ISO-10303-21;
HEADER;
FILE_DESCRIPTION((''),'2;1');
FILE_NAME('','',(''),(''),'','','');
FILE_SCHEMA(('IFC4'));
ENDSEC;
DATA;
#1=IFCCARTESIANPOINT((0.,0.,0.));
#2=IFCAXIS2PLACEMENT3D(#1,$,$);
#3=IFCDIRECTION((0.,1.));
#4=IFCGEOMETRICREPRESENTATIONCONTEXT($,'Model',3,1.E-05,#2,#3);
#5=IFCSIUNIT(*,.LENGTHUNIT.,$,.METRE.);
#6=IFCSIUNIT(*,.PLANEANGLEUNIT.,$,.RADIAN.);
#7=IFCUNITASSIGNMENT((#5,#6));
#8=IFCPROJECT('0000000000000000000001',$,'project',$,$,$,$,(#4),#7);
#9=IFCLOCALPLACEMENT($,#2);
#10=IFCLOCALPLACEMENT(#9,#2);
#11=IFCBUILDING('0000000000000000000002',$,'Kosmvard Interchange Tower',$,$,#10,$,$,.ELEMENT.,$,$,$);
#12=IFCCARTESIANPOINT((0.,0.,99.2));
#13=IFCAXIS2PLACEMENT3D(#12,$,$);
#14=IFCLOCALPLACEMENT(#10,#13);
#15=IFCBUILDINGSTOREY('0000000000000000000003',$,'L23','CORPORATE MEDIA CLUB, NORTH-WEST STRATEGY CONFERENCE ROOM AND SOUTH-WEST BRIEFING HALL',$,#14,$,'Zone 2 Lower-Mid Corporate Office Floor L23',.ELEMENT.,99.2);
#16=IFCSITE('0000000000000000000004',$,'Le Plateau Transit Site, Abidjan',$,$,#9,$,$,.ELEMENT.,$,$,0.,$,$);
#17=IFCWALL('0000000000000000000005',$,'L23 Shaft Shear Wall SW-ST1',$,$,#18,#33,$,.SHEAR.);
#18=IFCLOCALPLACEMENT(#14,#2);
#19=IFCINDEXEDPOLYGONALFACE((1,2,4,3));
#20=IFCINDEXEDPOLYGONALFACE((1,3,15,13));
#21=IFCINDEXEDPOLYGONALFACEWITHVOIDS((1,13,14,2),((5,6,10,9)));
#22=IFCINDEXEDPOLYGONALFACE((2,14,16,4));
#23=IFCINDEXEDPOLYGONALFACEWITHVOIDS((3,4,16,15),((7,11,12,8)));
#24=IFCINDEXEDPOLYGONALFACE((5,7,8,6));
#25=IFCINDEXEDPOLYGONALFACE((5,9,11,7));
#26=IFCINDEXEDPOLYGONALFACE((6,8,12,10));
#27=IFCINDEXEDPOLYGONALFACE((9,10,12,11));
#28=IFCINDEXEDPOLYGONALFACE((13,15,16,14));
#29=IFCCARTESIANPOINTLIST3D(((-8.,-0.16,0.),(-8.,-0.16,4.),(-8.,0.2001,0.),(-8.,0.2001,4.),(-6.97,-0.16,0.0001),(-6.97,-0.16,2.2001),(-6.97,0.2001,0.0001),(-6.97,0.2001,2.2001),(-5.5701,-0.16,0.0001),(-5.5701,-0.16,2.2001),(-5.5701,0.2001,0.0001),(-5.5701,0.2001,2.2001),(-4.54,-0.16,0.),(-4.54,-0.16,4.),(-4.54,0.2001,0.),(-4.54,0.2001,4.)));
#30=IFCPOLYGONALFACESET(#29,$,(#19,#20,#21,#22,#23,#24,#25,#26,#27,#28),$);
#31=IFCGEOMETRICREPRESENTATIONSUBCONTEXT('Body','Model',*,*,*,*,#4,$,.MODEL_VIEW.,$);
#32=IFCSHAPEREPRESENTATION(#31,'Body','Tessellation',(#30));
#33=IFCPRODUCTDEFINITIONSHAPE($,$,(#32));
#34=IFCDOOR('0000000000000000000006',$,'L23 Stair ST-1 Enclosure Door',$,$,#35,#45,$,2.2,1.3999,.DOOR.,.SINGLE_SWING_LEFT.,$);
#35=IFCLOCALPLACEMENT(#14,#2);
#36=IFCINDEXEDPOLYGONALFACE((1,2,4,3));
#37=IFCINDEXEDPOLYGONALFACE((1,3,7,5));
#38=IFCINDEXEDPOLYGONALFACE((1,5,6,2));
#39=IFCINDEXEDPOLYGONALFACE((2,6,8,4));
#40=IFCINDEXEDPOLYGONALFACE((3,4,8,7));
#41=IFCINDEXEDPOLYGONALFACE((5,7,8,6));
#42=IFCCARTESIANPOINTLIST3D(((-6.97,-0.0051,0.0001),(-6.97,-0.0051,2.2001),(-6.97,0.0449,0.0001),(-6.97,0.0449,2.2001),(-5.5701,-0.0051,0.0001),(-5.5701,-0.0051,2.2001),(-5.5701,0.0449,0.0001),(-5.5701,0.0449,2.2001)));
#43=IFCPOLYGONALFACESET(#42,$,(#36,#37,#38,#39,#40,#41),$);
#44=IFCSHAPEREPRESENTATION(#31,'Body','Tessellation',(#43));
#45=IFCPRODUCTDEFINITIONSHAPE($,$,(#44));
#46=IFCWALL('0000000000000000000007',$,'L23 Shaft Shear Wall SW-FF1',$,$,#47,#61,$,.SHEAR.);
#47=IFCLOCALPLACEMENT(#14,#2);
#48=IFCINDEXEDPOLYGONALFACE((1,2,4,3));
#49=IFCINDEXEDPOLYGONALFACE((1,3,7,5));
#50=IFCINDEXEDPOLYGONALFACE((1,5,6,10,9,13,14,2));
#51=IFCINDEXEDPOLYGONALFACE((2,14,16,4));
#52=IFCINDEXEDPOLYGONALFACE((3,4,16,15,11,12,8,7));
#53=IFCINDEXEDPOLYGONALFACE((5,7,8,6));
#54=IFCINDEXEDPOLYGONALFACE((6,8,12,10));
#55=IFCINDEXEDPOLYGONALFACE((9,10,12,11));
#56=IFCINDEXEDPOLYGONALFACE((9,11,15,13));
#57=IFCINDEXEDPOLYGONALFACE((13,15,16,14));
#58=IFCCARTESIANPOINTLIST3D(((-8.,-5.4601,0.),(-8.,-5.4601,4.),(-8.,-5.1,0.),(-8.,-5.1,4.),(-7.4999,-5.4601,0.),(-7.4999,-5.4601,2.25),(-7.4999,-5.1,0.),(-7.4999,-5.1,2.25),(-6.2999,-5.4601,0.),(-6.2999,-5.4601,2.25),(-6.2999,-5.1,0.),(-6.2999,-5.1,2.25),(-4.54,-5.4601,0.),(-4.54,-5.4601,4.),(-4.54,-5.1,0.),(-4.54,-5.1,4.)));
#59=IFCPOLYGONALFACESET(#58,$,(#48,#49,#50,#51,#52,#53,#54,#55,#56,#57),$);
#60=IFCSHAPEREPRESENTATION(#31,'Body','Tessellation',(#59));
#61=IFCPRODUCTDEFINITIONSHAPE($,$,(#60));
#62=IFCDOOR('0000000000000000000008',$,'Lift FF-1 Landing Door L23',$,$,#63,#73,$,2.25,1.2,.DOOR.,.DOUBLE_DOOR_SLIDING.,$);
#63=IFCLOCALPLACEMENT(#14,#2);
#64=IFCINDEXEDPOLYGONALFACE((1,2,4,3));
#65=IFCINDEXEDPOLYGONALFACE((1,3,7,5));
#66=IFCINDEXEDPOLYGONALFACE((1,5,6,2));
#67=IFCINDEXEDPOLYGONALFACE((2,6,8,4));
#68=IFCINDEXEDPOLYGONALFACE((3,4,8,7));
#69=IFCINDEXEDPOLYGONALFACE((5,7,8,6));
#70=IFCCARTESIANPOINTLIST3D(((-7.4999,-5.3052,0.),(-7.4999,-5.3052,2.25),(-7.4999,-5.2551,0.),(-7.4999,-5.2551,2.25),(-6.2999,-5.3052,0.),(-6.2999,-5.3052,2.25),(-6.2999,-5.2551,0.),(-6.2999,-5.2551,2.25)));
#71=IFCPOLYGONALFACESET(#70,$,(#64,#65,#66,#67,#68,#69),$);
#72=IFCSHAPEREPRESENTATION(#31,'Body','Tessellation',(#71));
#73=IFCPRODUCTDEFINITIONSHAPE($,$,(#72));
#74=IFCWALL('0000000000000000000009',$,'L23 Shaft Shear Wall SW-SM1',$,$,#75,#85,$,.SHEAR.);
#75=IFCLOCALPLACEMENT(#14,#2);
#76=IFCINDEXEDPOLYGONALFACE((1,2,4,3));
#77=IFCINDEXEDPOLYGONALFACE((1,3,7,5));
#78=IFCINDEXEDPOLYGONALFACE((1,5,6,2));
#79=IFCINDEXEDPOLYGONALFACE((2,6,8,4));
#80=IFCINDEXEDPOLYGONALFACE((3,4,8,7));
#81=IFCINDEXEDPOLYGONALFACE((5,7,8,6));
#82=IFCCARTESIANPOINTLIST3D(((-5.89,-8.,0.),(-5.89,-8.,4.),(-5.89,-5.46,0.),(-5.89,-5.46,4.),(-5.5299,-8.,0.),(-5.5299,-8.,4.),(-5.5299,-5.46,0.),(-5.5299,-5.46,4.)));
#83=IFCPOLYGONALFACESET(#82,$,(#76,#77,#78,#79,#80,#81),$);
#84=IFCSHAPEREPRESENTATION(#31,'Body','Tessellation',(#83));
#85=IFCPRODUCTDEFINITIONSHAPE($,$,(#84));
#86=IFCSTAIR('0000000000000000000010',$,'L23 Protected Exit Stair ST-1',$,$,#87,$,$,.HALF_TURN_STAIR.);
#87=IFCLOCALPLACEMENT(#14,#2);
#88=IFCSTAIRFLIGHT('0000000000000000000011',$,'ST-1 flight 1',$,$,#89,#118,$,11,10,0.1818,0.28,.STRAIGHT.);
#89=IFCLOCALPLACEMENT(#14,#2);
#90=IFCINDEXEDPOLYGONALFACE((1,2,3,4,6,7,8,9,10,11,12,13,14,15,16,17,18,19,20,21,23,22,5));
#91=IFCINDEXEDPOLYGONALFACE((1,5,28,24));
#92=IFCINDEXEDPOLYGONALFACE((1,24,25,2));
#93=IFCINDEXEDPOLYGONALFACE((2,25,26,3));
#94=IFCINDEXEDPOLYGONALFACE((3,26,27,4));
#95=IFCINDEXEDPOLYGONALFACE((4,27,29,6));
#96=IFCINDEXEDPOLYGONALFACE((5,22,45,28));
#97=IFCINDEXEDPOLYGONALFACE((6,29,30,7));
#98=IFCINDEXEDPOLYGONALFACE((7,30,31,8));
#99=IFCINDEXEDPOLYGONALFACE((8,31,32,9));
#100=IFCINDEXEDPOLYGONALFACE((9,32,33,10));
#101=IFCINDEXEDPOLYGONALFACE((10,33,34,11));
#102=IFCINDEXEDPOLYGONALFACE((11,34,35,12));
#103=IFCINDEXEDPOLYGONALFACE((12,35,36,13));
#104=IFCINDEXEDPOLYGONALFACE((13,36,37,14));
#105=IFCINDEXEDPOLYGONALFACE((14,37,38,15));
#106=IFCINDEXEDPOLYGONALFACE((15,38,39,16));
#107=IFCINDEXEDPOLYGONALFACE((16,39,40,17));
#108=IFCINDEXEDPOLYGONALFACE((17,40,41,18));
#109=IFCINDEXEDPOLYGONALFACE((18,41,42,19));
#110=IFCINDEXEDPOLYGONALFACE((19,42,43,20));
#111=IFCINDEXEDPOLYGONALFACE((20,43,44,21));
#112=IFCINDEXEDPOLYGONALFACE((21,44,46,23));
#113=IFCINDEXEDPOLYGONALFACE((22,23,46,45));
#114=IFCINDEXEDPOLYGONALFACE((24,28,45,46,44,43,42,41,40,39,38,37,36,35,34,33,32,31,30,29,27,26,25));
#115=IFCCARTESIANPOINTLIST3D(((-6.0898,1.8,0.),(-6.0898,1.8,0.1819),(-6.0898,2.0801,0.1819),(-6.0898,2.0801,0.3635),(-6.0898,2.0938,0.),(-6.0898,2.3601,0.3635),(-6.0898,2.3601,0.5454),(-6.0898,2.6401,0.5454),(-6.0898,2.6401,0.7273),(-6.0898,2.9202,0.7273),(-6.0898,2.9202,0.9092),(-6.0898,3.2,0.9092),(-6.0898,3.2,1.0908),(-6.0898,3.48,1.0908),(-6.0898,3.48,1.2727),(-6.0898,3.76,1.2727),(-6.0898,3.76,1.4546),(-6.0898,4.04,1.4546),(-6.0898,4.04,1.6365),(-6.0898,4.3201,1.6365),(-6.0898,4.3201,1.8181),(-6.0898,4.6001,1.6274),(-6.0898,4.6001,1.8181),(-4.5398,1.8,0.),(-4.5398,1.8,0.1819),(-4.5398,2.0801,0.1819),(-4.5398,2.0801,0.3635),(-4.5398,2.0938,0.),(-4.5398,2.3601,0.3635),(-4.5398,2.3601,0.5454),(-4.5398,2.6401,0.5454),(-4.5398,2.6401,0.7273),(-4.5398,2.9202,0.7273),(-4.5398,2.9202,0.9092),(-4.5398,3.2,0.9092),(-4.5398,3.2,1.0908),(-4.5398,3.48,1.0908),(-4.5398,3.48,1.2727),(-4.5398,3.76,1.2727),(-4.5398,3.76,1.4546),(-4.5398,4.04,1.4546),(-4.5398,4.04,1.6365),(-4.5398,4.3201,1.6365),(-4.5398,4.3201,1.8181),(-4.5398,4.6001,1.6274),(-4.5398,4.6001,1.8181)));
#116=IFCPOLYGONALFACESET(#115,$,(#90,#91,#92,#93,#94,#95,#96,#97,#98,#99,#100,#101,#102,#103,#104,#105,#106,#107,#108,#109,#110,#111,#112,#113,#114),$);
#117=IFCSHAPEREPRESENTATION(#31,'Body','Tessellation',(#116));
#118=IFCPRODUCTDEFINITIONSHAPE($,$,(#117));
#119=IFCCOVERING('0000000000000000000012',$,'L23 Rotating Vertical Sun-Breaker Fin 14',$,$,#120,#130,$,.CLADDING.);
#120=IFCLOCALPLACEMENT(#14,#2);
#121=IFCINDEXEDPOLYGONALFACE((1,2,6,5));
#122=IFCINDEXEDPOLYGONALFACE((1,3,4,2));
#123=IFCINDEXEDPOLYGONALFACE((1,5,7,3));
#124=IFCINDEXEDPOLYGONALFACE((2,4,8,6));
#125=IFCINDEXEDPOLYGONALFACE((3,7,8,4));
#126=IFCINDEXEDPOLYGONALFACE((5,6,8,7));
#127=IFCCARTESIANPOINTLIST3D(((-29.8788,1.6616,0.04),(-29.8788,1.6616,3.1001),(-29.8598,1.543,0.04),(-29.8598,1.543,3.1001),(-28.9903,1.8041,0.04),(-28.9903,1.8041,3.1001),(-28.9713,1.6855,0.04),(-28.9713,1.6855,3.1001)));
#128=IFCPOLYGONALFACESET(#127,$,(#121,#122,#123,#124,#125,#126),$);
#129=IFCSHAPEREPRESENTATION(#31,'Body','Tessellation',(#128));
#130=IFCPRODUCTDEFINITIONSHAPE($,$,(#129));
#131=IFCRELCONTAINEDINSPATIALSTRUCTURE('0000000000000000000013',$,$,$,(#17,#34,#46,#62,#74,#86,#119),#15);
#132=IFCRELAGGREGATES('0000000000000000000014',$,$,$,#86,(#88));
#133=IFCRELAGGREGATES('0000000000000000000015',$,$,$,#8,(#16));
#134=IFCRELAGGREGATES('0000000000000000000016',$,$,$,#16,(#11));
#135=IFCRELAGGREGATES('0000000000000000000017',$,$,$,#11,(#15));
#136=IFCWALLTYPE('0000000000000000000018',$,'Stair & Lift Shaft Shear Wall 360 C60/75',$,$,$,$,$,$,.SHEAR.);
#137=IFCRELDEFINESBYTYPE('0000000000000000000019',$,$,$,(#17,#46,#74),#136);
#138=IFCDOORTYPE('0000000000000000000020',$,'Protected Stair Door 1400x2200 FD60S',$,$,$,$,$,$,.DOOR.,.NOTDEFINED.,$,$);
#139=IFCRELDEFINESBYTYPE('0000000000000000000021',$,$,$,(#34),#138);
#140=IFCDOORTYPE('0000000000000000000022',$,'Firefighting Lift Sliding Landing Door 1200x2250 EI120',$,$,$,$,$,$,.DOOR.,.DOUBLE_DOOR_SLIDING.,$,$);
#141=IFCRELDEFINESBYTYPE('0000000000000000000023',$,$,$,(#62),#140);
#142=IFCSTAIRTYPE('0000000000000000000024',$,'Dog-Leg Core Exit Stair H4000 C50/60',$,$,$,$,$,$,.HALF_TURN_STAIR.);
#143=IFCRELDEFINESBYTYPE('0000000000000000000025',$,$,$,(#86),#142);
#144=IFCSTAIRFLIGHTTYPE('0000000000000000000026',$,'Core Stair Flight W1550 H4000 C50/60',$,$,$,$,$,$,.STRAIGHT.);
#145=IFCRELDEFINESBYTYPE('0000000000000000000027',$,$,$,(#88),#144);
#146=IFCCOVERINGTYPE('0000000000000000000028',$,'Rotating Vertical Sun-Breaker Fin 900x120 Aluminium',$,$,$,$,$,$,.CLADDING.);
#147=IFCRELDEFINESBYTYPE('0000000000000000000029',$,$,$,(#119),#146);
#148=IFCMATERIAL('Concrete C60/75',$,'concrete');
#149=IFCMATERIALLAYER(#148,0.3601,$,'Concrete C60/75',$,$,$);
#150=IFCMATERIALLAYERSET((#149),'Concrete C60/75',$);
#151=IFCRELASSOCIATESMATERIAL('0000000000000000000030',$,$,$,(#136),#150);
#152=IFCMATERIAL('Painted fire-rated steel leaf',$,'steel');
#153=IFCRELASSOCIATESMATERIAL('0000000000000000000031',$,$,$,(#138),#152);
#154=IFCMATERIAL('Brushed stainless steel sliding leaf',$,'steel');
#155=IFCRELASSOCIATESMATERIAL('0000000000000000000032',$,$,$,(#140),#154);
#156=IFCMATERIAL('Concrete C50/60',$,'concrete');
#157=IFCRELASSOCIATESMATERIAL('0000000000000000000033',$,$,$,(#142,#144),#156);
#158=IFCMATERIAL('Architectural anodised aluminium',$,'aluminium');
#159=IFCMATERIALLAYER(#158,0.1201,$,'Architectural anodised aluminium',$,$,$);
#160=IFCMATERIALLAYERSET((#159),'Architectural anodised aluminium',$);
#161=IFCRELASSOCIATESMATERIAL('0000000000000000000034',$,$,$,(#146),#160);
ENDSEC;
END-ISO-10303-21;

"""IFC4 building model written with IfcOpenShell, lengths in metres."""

from ifc_helpers import new_model, si_unit, direction, frame, frame_2d, origin, origin_2d, place, context, subcontext, project, spatial, polyline, rectangle, outline, extrude, source, transform, mapped, material, layer, layer_set, type_object, element, fill, aggregate, save


model = new_model("IFC4")

# Units and contexts
model_context = context("Model", 3, precision=1e-05, world=origin(), true_north=direction((0.0, 1.0)))
body_context = subcontext(model_context, "Body", "Model", "MODEL_VIEW")
ifc_project = project(units=[si_unit("LENGTHUNIT", "METRE"), si_unit("PLANEANGLEUNIT", "RADIAN")], contexts=[model_context])

# Site, building, storey
site_placement = place(None, origin())
site = spatial("IfcSite", under=ifc_project, at=site_placement, Name="Le Plateau Transit Site, Abidjan", CompositionType="ELEMENT", RefElevation=0.0)
building_placement = place(site_placement, origin())
building = spatial("IfcBuilding", under=site, at=building_placement, Name="Kosmvard Interchange Tower", CompositionType="ELEMENT")
storey_placement = place(building_placement, frame((0.0, 0.0, 99.2)))
storey = spatial("IfcBuildingStorey", under=building, at=storey_placement, Name="L23", Description="CORPORATE MEDIA CLUB, NORTH-WEST STRATEGY CONFERENCE ROOM AND SOUTH-WEST BRIEFING HALL", LongName="Zone 2 Lower-Mid Corporate Office Floor L23", CompositionType="ELEMENT", Elevation=99.2)

# Shared definitions
ifc_material_1 = material(Name="Concrete C60/75", Category="concrete")

# Shared definitions
ifc_material_2 = material(Name="Painted fire-rated steel leaf", Category="steel")

# Shared definitions
ifc_layer_1 = layer(ifc_material_1, 0.3601, Name="Concrete C60/75")
ifc_layer_set_1 = layer_set([ifc_layer_1], Name="Concrete C60/75")
wall_type_1 = type_object("IfcWallType", Name="Stair & Lift Shaft Shear Wall 360 C60/75", PredefinedType="SHEAR", material=ifc_layer_set_1)

# Walls, openings, doors
wall_1_placement = place(storey_placement, frame((-8.0, 0.02, 0.0), z_axis=(0.0, 0.0, 1.0), x_axis=(1.0, 0.0, 0.0)))
wall_1 = element("IfcWall", 1, at=wall_1_placement, inside=storey, type_object=wall_type_1, Name="L23 Shaft Shear Wall SW-ST1", PredefinedType="SHEAR", context=body_context, shape_type="SweptSolid", body=[
    extrude(rectangle(XDim=3.46, YDim=0.3601, at=frame_2d((1.73, 0.0))), origin(), (0.0, 0.0, 1.0), 4.0),
])
opening_1_placement = place(wall_1_placement, frame((1.03, 0.0, 0.0)))
opening_1 = element("IfcOpeningElement", 2, at=opening_1_placement, cuts=wall_1, PredefinedType="OPENING", context=body_context, shape_type="SweptSolid", body=[
    extrude(rectangle(XDim=1.3999, YDim=2.2, at=frame_2d((0.7, 1.1001))), frame((0.0, 0.1899, 0.0), z_axis=(0.0, -1.0, 0.0), x_axis=(1.0, 0.0, 0.0)), (0.0, 0.0, 1.0), 0.3801),
])
door_type_1 = type_object("IfcDoorType", Name="Protected Stair Door 1400x2200 FD60S", OperationType="NOTDEFINED", PredefinedType="DOOR", material=ifc_material_2)
shared_shape_1 = source(origin(), body_context, "Body", "SweptSolid", [
    extrude(rectangle(XDim=1.3999, YDim=2.2, at=frame_2d((0.7, 1.1001))), frame((0.0, 0.0249, 0.0), z_axis=(0.0, -1.0, 0.0), x_axis=(1.0, 0.0, 0.0)), (0.0, 0.0, 1.0), 0.05),
])
door_1_placement = place(opening_1_placement, origin())
door_1 = element("IfcDoor", 3, at=door_1_placement, inside=storey, type_object=door_type_1, Name="L23 Stair ST-1 Enclosure Door", OperationType="SINGLE_SWING_LEFT", OverallHeight=2.2, OverallWidth=1.3999, PredefinedType="DOOR", context=body_context, shape_type="MappedRepresentation", body=[
    mapped(shared_shape_1, transform((0.0, 0.0, 0.0), scale=1.0)),
])
fill(opening_1, door_1)
wall_2_placement = place(storey_placement, frame((-8.0, -5.28, 0.0), z_axis=(0.0, 0.0, 1.0), x_axis=(1.0, 0.0, 0.0)))
wall_2 = element("IfcWall", 4, at=wall_2_placement, inside=storey, type_object=wall_type_1, Name="L23 Shaft Shear Wall SW-FF1", PredefinedType="SHEAR", context=body_context, shape_type="SweptSolid", body=[
    extrude(rectangle(XDim=3.46, YDim=0.3601, at=frame_2d((1.73, 0.0))), origin(), (0.0, 0.0, 1.0), 4.0),
])
opening_2_placement = place(wall_2_placement, frame((0.5, 0.0, 0.0)))
opening_2 = element("IfcOpeningElement", 5, at=opening_2_placement, cuts=wall_2, PredefinedType="OPENING", context=body_context, shape_type="SweptSolid", body=[
    extrude(rectangle(XDim=1.2, YDim=2.25, at=frame_2d((0.6001, 1.125))), frame((0.0, 0.1899, 0.0), z_axis=(0.0, -1.0, 0.0), x_axis=(1.0, 0.0, 0.0)), (0.0, 0.0, 1.0), 0.3801),
])
ifc_material_3 = material(Name="Brushed stainless steel sliding leaf", Category="steel")
door_type_2 = type_object("IfcDoorType", Name="Firefighting Lift Sliding Landing Door 1200x2250 EI120", OperationType="DOUBLE_DOOR_SLIDING", PredefinedType="DOOR", material=ifc_material_3)
shared_shape_2 = source(origin(), body_context, "Body", "SweptSolid", [
    extrude(rectangle(XDim=1.2, YDim=2.25, at=frame_2d((0.6001, 1.125))), frame((0.0, 0.0249, 0.0), z_axis=(0.0, -1.0, 0.0), x_axis=(1.0, 0.0, 0.0)), (0.0, 0.0, 1.0), 0.05),
])
door_2_placement = place(opening_2_placement, origin())
door_2 = element("IfcDoor", 6, at=door_2_placement, inside=storey, type_object=door_type_2, Name="Lift FF-1 Landing Door L23", OperationType="DOUBLE_DOOR_SLIDING", OverallHeight=2.25, OverallWidth=1.2, PredefinedType="DOOR", context=body_context, shape_type="MappedRepresentation", body=[
    mapped(shared_shape_2, transform((0.0, 0.0, 0.0), scale=1.0)),
])
fill(opening_2, door_2)

# Wall
wall_3_placement = place(storey_placement, frame((-5.71, -8.0, 0.0), z_axis=(0.0, 0.0, 1.0), x_axis=(0.0, 1.0, 0.0)))
element("IfcWall", 7, at=wall_3_placement, inside=storey, type_object=wall_type_1, Name="L23 Shaft Shear Wall SW-SM1", PredefinedType="SHEAR", context=body_context, shape_type="SweptSolid", body=[
    extrude(rectangle(XDim=2.54, YDim=0.3601, at=frame_2d((1.27, 0.0))), origin(), (0.0, 0.0, 1.0), 4.0),
])

# Stair, stair flight
ifc_material_4 = material(Name="Concrete C50/60", Category="concrete")
stair_type = type_object("IfcStairType", Name="Dog-Leg Core Exit Stair H4000 C50/60", PredefinedType="HALF_TURN_STAIR", material=ifc_material_4)
stair_placement = place(storey_placement, origin())
stair = element("IfcStair", 8, at=stair_placement, inside=storey, type_object=stair_type, Name="L23 Protected Exit Stair ST-1", PredefinedType="HALF_TURN_STAIR")
stair_flight_type = type_object("IfcStairFlightType", Name="Core Stair Flight W1550 H4000 C50/60", PredefinedType="STRAIGHT", material=ifc_material_4)
shared_shape_3 = source(origin(), body_context, "Body", "SweptSolid", [
    extrude(outline(polyline([(0.0, 0.0), (0.0, 0.1819), (0.28, 0.1819), (0.28, 0.3635), (0.5601, 0.3635), (0.5601, 0.5454), (0.8401, 0.5454), (0.8401, 0.7273), (1.1201, 0.7273), (1.1201, 0.9092), (1.3999, 0.9092), (1.3999, 1.0908), (1.6799, 1.0908), (1.6799, 1.2727), (1.96, 1.2727), (1.96, 1.4546), (2.24, 1.4546), (2.24, 1.6365), (2.52, 1.6365), (2.52, 1.8181), (2.8, 1.8181), (2.8, 2.0), (2.8, 1.6274), (0.2937, 0.0), (0.0, 0.0)])), frame((0.0, 0.7749, 0.0), z_axis=(0.0, -1.0, 0.0), x_axis=(1.0, 0.0, 0.0)), (0.0, 0.0, 1.0), 1.55),
])
stair_flight_placement = place(storey_placement, frame((-5.3149, 1.8, 0.0), z_axis=(0.0, 0.0, 1.0), x_axis=(0.0, 1.0, 0.0)))
stair_flight = element("IfcStairFlight", 9, at=stair_flight_placement, type_object=stair_flight_type, Name="ST-1 flight 1", NumberOfRisers=11, NumberOfTreads=10, PredefinedType="STRAIGHT", RiserHeight=0.1818, TreadLength=0.28, context=body_context, shape_type="MappedRepresentation", body=[
    mapped(shared_shape_3, transform((0.0, 0.0, 0.0), scale=1.0)),
])
aggregate(stair, [stair_flight])

# Covering
ifc_material_5 = material(Name="Architectural anodised aluminium", Category="aluminium")
ifc_layer_2 = layer(ifc_material_5, 0.1201, Name="Architectural anodised aluminium")
ifc_layer_set_2 = layer_set([ifc_layer_2], Name="Architectural anodised aluminium")
covering_type = type_object("IfcCoveringType", Name="Rotating Vertical Sun-Breaker Fin 900x120 Aluminium", PredefinedType="CLADDING", material=ifc_layer_set_2)
shared_shape_4 = source(origin(), body_context, "Body", "SweptSolid", [
    extrude(rectangle(XDim=0.8999, YDim=0.1201, at=origin_2d()), origin(), (0.0, 0.0, 1.0), 3.0601),
])
covering_placement = place(storey_placement, frame((-29.425, 1.6736, 0.04), z_axis=(0.0, 0.0, 1.0), x_axis=(-0.987386, -0.15833, 0.0)))
element("IfcCovering", 10, at=covering_placement, inside=storey, type_object=covering_type, Name="L23 Rotating Vertical Sun-Breaker Fin 14", PredefinedType="CLADDING", context=body_context, shape_type="MappedRepresentation", body=[
    mapped(shared_shape_4, transform((0.0, 0.0, 0.0), scale=1.0)),
])

save(model, "model.ifc")
